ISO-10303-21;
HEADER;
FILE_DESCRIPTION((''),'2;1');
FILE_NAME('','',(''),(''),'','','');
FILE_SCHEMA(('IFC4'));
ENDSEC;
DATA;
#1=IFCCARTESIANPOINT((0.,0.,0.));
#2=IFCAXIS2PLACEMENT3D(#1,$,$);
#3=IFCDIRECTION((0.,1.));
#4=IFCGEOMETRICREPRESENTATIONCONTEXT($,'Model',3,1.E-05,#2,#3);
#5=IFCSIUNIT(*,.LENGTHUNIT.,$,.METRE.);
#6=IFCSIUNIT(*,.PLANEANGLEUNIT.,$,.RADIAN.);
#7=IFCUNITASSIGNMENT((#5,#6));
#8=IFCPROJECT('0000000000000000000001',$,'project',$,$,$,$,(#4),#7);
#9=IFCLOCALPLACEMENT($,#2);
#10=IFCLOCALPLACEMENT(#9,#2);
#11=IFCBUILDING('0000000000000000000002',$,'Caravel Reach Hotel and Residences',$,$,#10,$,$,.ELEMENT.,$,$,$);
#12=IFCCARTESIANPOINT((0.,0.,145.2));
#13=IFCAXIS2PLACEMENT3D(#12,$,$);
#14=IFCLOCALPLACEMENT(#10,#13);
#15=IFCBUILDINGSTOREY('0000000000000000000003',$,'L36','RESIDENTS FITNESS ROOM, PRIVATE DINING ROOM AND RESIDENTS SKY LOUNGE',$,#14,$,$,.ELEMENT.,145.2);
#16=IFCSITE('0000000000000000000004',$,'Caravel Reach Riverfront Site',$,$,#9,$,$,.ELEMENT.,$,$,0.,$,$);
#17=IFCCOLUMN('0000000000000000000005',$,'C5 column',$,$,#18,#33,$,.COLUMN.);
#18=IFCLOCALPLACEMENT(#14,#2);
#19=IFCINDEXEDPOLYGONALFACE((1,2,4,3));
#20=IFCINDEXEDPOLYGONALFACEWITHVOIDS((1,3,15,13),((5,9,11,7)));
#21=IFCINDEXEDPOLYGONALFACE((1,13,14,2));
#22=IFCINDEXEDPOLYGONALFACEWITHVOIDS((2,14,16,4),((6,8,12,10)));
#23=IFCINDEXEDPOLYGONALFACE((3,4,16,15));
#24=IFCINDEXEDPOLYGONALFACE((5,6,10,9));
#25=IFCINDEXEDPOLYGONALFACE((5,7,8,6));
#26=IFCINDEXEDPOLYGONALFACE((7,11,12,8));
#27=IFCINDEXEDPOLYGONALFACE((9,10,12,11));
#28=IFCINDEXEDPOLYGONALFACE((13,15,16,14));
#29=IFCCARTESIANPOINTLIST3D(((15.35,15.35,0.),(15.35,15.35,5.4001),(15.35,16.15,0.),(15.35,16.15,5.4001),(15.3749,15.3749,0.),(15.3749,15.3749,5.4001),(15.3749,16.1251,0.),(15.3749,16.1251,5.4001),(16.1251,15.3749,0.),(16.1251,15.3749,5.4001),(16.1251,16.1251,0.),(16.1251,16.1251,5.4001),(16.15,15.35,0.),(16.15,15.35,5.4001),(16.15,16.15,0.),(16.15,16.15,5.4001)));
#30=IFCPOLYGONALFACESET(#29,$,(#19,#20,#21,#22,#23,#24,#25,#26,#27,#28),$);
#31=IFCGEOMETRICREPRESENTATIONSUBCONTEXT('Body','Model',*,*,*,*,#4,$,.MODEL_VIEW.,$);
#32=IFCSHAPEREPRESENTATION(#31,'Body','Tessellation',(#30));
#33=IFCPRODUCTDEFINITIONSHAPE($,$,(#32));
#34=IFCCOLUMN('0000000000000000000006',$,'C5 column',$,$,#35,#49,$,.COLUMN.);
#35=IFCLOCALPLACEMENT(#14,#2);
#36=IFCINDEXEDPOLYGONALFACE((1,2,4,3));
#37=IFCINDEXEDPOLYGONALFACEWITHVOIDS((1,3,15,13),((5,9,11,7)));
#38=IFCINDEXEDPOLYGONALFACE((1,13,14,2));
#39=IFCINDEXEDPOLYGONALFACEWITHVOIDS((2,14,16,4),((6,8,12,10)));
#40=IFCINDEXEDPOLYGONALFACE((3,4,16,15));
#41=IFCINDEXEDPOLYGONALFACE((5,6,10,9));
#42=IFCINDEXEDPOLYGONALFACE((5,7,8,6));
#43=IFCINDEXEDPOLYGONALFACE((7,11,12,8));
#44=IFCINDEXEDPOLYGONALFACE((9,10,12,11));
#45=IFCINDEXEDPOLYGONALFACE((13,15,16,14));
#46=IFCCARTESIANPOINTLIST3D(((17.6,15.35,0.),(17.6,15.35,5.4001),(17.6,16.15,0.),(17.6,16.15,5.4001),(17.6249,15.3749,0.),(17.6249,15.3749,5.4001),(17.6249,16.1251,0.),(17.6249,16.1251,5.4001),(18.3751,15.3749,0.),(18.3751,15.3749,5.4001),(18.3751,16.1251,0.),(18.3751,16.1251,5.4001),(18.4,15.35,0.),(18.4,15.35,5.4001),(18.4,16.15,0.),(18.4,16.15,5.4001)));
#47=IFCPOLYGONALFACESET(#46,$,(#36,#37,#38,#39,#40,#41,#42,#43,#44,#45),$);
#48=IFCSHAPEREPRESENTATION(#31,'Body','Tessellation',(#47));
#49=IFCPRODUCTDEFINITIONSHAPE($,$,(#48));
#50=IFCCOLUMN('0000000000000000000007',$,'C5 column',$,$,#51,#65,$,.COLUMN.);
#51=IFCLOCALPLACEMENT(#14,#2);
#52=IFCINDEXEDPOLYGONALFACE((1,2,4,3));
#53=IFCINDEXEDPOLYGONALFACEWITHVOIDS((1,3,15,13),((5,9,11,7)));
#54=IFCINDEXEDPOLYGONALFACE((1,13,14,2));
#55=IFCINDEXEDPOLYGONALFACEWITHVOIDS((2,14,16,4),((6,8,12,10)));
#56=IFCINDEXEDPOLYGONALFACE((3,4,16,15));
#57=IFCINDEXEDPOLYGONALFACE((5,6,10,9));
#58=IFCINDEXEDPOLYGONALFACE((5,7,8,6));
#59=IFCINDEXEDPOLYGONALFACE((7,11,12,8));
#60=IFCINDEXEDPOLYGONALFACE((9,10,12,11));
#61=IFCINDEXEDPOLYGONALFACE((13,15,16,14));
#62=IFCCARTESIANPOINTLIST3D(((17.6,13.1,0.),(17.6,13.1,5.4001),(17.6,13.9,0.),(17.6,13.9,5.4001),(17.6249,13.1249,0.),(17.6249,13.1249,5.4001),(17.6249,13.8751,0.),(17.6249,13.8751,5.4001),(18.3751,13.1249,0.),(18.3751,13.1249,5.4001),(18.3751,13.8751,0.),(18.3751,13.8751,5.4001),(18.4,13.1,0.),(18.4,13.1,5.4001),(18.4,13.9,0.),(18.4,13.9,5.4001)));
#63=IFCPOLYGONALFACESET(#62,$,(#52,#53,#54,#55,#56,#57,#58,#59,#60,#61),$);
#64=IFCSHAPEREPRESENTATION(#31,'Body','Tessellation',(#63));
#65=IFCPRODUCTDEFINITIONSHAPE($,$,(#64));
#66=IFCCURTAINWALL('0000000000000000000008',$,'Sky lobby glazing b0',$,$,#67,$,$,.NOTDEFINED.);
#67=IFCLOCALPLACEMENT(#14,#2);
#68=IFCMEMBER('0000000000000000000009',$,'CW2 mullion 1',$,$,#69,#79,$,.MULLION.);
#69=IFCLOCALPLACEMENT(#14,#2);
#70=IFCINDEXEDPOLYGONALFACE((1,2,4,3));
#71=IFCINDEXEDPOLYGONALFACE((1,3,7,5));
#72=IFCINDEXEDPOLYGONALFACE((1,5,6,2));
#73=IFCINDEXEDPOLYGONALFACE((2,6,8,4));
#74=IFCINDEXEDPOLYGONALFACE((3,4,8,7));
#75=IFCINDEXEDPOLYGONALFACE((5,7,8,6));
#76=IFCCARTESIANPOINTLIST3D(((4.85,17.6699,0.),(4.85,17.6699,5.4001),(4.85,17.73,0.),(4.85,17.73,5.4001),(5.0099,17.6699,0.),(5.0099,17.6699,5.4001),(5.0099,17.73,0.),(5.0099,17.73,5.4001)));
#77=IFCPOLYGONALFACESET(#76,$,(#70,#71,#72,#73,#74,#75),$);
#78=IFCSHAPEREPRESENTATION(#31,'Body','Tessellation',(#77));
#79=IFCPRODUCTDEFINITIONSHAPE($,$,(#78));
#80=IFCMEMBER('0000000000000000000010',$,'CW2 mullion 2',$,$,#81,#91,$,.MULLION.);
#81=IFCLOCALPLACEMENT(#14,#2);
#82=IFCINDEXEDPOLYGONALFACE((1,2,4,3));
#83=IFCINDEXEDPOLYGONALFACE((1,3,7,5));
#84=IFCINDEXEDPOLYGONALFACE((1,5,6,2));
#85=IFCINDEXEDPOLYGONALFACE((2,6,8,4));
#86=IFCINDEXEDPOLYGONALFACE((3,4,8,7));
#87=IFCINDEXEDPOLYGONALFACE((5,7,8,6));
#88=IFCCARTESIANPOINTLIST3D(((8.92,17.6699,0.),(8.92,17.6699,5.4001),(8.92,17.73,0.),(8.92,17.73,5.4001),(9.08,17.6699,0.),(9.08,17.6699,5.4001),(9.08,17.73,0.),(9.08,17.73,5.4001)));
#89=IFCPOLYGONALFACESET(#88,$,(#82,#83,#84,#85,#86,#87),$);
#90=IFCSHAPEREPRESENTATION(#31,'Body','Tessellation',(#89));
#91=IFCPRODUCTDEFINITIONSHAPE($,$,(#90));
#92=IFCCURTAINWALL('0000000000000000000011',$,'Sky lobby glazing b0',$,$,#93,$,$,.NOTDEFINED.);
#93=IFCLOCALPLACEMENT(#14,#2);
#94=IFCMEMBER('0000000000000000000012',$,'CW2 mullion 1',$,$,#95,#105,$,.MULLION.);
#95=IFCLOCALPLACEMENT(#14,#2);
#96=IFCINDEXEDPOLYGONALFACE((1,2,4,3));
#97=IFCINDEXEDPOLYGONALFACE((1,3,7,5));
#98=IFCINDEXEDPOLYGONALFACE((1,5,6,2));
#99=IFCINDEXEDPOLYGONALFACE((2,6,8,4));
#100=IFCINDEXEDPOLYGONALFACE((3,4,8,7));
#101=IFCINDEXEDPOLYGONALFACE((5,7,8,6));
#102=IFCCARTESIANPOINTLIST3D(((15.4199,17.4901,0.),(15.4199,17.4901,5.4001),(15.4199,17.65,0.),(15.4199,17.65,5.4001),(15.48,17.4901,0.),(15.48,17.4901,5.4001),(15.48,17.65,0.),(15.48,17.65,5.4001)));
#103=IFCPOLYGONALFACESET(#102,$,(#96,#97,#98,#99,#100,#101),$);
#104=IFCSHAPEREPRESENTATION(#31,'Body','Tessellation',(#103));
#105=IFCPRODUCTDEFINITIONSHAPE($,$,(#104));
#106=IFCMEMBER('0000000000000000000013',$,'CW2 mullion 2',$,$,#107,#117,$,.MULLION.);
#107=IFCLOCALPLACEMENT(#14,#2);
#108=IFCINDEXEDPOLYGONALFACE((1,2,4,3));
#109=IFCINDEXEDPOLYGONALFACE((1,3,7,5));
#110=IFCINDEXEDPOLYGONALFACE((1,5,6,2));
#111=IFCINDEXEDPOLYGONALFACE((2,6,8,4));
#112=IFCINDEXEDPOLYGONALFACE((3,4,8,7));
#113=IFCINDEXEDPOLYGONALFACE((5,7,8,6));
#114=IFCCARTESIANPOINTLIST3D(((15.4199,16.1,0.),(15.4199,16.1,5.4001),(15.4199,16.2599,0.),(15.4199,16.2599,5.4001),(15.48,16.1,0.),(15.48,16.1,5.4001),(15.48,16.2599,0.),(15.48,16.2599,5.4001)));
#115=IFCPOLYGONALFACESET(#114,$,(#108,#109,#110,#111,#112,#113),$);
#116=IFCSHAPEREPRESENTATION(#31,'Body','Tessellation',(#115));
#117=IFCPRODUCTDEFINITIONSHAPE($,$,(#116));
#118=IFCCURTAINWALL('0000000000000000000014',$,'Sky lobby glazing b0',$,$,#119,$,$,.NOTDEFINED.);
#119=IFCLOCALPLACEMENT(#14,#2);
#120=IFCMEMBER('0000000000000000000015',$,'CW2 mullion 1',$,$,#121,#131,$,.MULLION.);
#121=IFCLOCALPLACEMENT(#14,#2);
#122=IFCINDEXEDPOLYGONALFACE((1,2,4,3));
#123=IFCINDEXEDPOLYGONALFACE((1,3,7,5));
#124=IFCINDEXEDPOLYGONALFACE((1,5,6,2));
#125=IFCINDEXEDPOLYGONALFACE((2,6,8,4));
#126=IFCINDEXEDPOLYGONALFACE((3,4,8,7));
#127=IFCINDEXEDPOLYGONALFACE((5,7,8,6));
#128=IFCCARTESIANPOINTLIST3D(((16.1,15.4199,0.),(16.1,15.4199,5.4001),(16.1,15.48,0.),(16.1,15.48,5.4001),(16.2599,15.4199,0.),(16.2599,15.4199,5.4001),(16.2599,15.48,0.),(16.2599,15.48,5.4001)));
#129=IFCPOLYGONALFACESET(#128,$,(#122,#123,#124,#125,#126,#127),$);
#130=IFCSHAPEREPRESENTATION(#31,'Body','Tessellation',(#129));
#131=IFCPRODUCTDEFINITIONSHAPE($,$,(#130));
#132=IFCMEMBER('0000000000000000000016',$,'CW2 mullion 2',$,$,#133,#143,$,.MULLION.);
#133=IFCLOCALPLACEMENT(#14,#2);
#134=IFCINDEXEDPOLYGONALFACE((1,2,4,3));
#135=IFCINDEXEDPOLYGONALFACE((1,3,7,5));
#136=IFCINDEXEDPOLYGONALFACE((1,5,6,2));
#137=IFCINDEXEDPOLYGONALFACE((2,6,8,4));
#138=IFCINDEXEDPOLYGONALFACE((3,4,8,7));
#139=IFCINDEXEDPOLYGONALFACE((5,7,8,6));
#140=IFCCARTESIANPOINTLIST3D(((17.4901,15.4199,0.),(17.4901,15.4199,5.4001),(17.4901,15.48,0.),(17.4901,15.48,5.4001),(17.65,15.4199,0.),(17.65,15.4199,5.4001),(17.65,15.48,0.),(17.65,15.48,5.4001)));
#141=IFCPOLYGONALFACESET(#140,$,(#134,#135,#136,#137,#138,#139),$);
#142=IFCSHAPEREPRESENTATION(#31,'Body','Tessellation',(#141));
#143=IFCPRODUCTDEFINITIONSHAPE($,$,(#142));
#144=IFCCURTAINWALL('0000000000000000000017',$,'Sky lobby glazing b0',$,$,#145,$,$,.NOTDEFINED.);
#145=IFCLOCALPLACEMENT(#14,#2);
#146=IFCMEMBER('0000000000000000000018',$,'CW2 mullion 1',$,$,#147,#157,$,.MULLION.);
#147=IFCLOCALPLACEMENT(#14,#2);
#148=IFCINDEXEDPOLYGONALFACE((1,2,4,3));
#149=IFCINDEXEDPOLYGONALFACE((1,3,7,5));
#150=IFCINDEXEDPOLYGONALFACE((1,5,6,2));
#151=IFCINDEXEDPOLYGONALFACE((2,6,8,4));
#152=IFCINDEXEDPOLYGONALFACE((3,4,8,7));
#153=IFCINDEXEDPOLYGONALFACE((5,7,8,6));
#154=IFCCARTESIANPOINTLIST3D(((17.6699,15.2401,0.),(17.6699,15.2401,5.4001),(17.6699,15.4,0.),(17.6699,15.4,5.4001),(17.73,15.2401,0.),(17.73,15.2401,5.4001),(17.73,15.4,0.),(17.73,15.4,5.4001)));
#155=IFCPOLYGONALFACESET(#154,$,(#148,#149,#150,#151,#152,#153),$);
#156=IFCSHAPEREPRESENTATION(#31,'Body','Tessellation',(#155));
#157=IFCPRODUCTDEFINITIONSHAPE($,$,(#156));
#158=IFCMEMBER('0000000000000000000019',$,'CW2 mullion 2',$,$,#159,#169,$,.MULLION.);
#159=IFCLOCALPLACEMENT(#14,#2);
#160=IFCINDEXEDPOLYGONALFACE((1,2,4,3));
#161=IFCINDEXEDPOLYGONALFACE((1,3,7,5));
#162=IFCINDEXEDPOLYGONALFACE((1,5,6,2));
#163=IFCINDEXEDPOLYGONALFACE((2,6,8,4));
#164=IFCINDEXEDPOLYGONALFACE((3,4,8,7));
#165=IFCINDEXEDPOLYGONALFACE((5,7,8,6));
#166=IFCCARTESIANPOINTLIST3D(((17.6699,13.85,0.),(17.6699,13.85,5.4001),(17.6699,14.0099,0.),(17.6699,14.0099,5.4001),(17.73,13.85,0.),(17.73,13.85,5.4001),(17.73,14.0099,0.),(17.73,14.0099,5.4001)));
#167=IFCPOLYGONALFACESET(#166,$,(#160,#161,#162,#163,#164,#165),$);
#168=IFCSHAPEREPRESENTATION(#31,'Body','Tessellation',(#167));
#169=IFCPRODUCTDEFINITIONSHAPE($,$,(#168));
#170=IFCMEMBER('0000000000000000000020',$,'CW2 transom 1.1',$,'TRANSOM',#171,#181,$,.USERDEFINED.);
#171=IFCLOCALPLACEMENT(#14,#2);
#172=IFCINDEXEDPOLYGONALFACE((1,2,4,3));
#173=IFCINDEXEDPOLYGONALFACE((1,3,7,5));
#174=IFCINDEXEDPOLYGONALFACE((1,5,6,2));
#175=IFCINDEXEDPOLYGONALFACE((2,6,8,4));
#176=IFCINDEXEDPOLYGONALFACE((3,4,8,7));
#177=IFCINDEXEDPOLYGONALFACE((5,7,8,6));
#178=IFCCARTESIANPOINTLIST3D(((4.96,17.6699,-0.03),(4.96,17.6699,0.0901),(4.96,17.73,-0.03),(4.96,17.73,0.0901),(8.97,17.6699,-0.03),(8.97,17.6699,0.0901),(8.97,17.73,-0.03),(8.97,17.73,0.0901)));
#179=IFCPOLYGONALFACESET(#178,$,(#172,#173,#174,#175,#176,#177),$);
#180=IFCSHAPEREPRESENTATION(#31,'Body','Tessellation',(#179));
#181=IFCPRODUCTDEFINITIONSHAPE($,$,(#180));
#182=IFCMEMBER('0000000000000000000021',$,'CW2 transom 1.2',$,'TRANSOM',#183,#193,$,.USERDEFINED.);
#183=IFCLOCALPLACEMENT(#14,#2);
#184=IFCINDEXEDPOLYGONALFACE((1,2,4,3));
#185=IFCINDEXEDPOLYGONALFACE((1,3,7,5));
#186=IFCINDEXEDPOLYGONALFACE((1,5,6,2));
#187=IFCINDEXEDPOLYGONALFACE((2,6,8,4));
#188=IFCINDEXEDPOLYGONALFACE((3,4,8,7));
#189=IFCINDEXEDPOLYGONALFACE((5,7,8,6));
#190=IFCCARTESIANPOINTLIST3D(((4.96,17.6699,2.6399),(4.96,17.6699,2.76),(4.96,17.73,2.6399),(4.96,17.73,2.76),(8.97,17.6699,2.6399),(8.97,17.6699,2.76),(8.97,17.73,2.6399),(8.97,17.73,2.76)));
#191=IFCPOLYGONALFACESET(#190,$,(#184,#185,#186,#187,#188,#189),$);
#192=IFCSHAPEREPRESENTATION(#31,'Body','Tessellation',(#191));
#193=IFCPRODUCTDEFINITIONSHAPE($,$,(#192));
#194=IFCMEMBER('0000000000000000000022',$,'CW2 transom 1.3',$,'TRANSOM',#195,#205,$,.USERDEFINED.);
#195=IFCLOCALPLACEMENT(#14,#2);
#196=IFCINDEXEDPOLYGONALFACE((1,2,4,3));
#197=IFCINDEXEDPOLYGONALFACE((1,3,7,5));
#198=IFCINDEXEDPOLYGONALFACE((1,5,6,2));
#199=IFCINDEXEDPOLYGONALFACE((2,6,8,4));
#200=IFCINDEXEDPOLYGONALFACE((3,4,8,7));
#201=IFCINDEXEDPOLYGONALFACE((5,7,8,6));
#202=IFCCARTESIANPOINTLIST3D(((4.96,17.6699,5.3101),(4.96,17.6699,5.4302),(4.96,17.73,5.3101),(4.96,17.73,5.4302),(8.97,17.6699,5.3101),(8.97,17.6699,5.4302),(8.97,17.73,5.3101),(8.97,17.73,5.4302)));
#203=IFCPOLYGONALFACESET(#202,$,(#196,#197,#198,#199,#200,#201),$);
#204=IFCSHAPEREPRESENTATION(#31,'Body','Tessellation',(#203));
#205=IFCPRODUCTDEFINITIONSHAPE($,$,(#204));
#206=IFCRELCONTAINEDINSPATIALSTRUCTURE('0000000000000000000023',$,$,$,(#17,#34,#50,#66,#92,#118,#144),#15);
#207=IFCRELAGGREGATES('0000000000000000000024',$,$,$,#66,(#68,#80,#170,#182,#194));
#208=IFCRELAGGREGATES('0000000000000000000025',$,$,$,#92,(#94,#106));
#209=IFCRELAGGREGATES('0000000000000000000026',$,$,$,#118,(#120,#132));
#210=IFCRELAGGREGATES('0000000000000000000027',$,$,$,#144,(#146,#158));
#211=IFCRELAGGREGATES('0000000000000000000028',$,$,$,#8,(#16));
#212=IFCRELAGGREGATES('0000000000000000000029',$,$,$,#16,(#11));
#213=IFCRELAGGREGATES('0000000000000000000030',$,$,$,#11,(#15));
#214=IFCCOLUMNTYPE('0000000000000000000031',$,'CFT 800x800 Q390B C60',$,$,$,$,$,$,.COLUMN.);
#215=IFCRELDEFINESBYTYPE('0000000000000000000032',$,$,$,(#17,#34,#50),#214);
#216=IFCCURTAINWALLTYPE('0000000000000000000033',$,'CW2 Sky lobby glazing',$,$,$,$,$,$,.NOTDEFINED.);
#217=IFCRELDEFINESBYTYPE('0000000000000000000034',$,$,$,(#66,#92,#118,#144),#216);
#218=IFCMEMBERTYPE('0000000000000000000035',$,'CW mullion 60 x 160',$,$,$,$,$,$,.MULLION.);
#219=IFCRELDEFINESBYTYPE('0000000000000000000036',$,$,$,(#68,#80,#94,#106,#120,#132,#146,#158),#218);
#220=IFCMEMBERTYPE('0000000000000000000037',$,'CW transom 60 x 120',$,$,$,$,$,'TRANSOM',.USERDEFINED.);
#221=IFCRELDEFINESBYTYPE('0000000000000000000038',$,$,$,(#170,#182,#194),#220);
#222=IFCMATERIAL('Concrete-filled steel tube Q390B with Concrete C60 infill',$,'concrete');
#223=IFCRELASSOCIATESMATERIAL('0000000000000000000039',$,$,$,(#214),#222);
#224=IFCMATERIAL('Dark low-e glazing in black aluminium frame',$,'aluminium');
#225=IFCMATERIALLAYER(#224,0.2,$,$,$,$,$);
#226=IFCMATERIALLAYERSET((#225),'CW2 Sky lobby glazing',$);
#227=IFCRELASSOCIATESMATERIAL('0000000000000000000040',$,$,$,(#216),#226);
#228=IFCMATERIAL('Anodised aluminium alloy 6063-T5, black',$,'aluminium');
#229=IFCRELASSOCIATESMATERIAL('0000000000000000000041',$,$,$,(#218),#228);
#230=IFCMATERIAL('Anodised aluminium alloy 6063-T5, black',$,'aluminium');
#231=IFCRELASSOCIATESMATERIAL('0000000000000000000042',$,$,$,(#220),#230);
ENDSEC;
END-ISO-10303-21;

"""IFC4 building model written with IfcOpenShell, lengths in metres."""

from ifc_helpers import new_model, si_unit, direction, frame, origin, origin_2d, place, context, subcontext, project, spatial, rectangle, hollow_rectangle, extrude, material, layer, layer_set, material_profile, profile_set, type_object, element, aggregate, save


model = new_model("IFC4")

# Units and contexts
model_context = context("Model", 3, precision=1e-05, world=origin(), true_north=direction((0.0, 1.0)))
body_context = subcontext(model_context, "Body", "Model", "MODEL_VIEW")
ifc_project = project(units=[si_unit("LENGTHUNIT", "METRE"), si_unit("PLANEANGLEUNIT", "RADIAN")], contexts=[model_context])

# Site, building, storey
site_placement = place(None, origin())
site = spatial("IfcSite", under=ifc_project, at=site_placement, Name="Caravel Reach Riverfront Site", CompositionType="ELEMENT", RefElevation=0.0)
building_placement = place(site_placement, origin())
building = spatial("IfcBuilding", under=site, at=building_placement, Name="Caravel Reach Hotel and Residences", CompositionType="ELEMENT")
storey_placement = place(building_placement, frame((0.0, 0.0, 145.2)))
storey = spatial("IfcBuildingStorey", under=building, at=storey_placement, Name="L36", Description="RESIDENTS FITNESS ROOM, PRIVATE DINING ROOM AND RESIDENTS SKY LOUNGE", CompositionType="ELEMENT", Elevation=145.2)

# Columns
ifc_material_1 = material(Name="Concrete-filled steel tube Q390B with Concrete C60 infill", Category="concrete")
ifc_material_profile_1 = material_profile(ifc_material_1, hollow_rectangle(XDim=0.8, YDim=0.8, WallThickness=0.0249, at=origin_2d()), Name="RHS 800x800x25")
ifc_profile_set_1 = profile_set([ifc_material_profile_1], Name="Concrete-filled steel tube Q390B with Concrete C60 infill")
column_type = type_object("IfcColumnType", Name="CFT 800x800 Q390B C60", PredefinedType="COLUMN", material=ifc_profile_set_1)
for number, where, z_axis, x_axis, name in (
    (1, (15.75, 15.75, 0.0), (0.0, 0.0, 1.0), (1.0, 0.0, 0.0), "C5 column"),
    (2, (18.0, 15.75, 0.0), (0.0, 0.0, 1.0), (1.0, 0.0, 0.0), "C5 column"),
    (3, (18.0, 13.5, 0.0), (0.0, 0.0, 1.0), (1.0, 0.0, 0.0), "C5 column"),
):
    element("IfcColumn", number, at=place(storey_placement, frame(where, z_axis=z_axis, x_axis=x_axis)), inside=storey, type_object=column_type, Name=name, PredefinedType="COLUMN", context=body_context, shape_type="SweptSolid", body=[
        extrude(hollow_rectangle(XDim=0.8, YDim=0.8, WallThickness=0.0249, at=origin_2d()), origin(), (0.0, 0.0, 1.0), 5.4001),
    ])

# Curtain walls, members
ifc_material_2 = material(Name="Dark low-e glazing in black aluminium frame", Category="aluminium")
ifc_layer_1 = layer(ifc_material_2, 0.2)
ifc_layer_set_1 = layer_set([ifc_layer_1], Name="CW2 Sky lobby glazing")
curtain_wall_type = type_object("IfcCurtainWallType", Name="CW2 Sky lobby glazing", PredefinedType="NOTDEFINED", material=ifc_layer_set_1)
curtain_wall_1_placement = place(storey_placement, origin())
curtain_wall_1 = element("IfcCurtainWall", 4, at=curtain_wall_1_placement, inside=storey, type_object=curtain_wall_type, Name="Sky lobby glazing b0", PredefinedType="NOTDEFINED")
ifc_material_3 = material(Name="Anodised aluminium alloy 6063-T5, black", Category="aluminium")
ifc_material_profile_2 = material_profile(ifc_material_3, rectangle(XDim=0.0601, YDim=0.1599, at=origin_2d()), Name="CW mullion 60 x 160")
ifc_profile_set_2 = profile_set([ifc_material_profile_2], Name="Anodised aluminium alloy 6063-T5, black")
member_type_1 = type_object("IfcMemberType", Name="CW mullion 60 x 160", PredefinedType="MULLION", material=ifc_profile_set_2)
member_1_placement = place(storey_placement, frame((4.9299, 17.7, 0.0), z_axis=(0.0, 0.0, 1.0), x_axis=(0.0, 1.0, 0.0)))
member_1 = element("IfcMember", 5, at=member_1_placement, type_object=member_type_1, Name="CW2 mullion 1", PredefinedType="MULLION", context=body_context, shape_type="SweptSolid", body=[
    extrude(rectangle(XDim=0.0601, YDim=0.1599, at=origin_2d()), origin(), (0.0, 0.0, 1.0), 5.4001),
])
member_2_placement = place(storey_placement, frame((9.0, 17.7, 0.0), z_axis=(0.0, 0.0, 1.0), x_axis=(0.0, 1.0, 0.0)))
member_2 = element("IfcMember", 6, at=member_2_placement, type_object=member_type_1, Name="CW2 mullion 2", PredefinedType="MULLION", context=body_context, shape_type="SweptSolid", body=[
    extrude(rectangle(XDim=0.0601, YDim=0.1599, at=origin_2d()), origin(), (0.0, 0.0, 1.0), 5.4001),
])
curtain_wall_2_placement = place(storey_placement, origin())
curtain_wall_2 = element("IfcCurtainWall", 7, at=curtain_wall_2_placement, inside=storey, type_object=curtain_wall_type, Name="Sky lobby glazing b0", PredefinedType="NOTDEFINED")
member_3_placement = place(storey_placement, frame((15.45, 17.5701, 0.0), z_axis=(0.0, 0.0, 1.0), x_axis=(1.0, 0.0, 0.0)))
member_3 = element("IfcMember", 8, at=member_3_placement, type_object=member_type_1, Name="CW2 mullion 1", PredefinedType="MULLION", context=body_context, shape_type="SweptSolid", body=[
    extrude(rectangle(XDim=0.0601, YDim=0.1599, at=origin_2d()), origin(), (0.0, 0.0, 1.0), 5.4001),
])
member_4_placement = place(storey_placement, frame((15.45, 16.1799, 0.0), z_axis=(0.0, 0.0, 1.0), x_axis=(1.0, 0.0, 0.0)))
member_4 = element("IfcMember", 9, at=member_4_placement, type_object=member_type_1, Name="CW2 mullion 2", PredefinedType="MULLION", context=body_context, shape_type="SweptSolid", body=[
    extrude(rectangle(XDim=0.0601, YDim=0.1599, at=origin_2d()), origin(), (0.0, 0.0, 1.0), 5.4001),
])
curtain_wall_3_placement = place(storey_placement, origin())
curtain_wall_3 = element("IfcCurtainWall", 10, at=curtain_wall_3_placement, inside=storey, type_object=curtain_wall_type, Name="Sky lobby glazing b0", PredefinedType="NOTDEFINED")
member_5_placement = place(storey_placement, frame((16.1799, 15.45, 0.0), z_axis=(0.0, 0.0, 1.0), x_axis=(0.0, 1.0, 0.0)))
member_5 = element("IfcMember", 11, at=member_5_placement, type_object=member_type_1, Name="CW2 mullion 1", PredefinedType="MULLION", context=body_context, shape_type="SweptSolid", body=[
    extrude(rectangle(XDim=0.0601, YDim=0.1599, at=origin_2d()), origin(), (0.0, 0.0, 1.0), 5.4001),
])
member_6_placement = place(storey_placement, frame((17.5701, 15.45, 0.0), z_axis=(0.0, 0.0, 1.0), x_axis=(0.0, 1.0, 0.0)))
member_6 = element("IfcMember", 12, at=member_6_placement, type_object=member_type_1, Name="CW2 mullion 2", PredefinedType="MULLION", context=body_context, shape_type="SweptSolid", body=[
    extrude(rectangle(XDim=0.0601, YDim=0.1599, at=origin_2d()), origin(), (0.0, 0.0, 1.0), 5.4001),
])
curtain_wall_4_placement = place(storey_placement, origin())
curtain_wall_4 = element("IfcCurtainWall", 13, at=curtain_wall_4_placement, inside=storey, type_object=curtain_wall_type, Name="Sky lobby glazing b0", PredefinedType="NOTDEFINED")
member_7_placement = place(storey_placement, frame((17.7, 15.3201, 0.0), z_axis=(0.0, 0.0, 1.0), x_axis=(1.0, 0.0, 0.0)))
member_7 = element("IfcMember", 14, at=member_7_placement, type_object=member_type_1, Name="CW2 mullion 1", PredefinedType="MULLION", context=body_context, shape_type="SweptSolid", body=[
    extrude(rectangle(XDim=0.0601, YDim=0.1599, at=origin_2d()), origin(), (0.0, 0.0, 1.0), 5.4001),
])
member_8_placement = place(storey_placement, frame((17.7, 13.9299, 0.0), z_axis=(0.0, 0.0, 1.0), x_axis=(1.0, 0.0, 0.0)))
member_8 = element("IfcMember", 15, at=member_8_placement, type_object=member_type_1, Name="CW2 mullion 2", PredefinedType="MULLION", context=body_context, shape_type="SweptSolid", body=[
    extrude(rectangle(XDim=0.0601, YDim=0.1599, at=origin_2d()), origin(), (0.0, 0.0, 1.0), 5.4001),
])

# Members
ifc_material_4 = material(Name="Anodised aluminium alloy 6063-T5, black", Category="aluminium")
ifc_material_profile_3 = material_profile(ifc_material_4, rectangle(XDim=0.0601, YDim=0.1201, at=origin_2d()), Name="CW transom 60 x 120")
ifc_profile_set_3 = profile_set([ifc_material_profile_3], Name="Anodised aluminium alloy 6063-T5, black")
member_type_2 = type_object("IfcMemberType", Name="CW transom 60 x 120", ElementType="TRANSOM", PredefinedType="USERDEFINED", material=ifc_profile_set_3)
member_9_placement = place(storey_placement, frame((4.96, 17.7, 0.03), z_axis=(1.0, 0.0, 0.0), x_axis=(0.0, 1.0, 0.0)))
member_9 = element("IfcMember", 16, at=member_9_placement, type_object=member_type_2, Name="CW2 transom 1.1", ObjectType="TRANSOM", PredefinedType="USERDEFINED", context=body_context, shape_type="SweptSolid", body=[
    extrude(rectangle(XDim=0.0601, YDim=0.1201, at=origin_2d()), origin(), (0.0, 0.0, 1.0), 4.01),
])
member_10_placement = place(storey_placement, frame((4.96, 17.7, 2.7), z_axis=(1.0, 0.0, 0.0), x_axis=(0.0, 1.0, 0.0)))
member_10 = element("IfcMember", 17, at=member_10_placement, type_object=member_type_2, Name="CW2 transom 1.2", ObjectType="TRANSOM", PredefinedType="USERDEFINED", context=body_context, shape_type="SweptSolid", body=[
    extrude(rectangle(XDim=0.0601, YDim=0.1201, at=origin_2d()), origin(), (0.0, 0.0, 1.0), 4.01),
])
member_11_placement = place(storey_placement, frame((4.96, 17.7, 5.3701), z_axis=(1.0, 0.0, 0.0), x_axis=(0.0, 1.0, 0.0)))
member_11 = element("IfcMember", 18, at=member_11_placement, type_object=member_type_2, Name="CW2 transom 1.3", ObjectType="TRANSOM", PredefinedType="USERDEFINED", context=body_context, shape_type="SweptSolid", body=[
    extrude(rectangle(XDim=0.0601, YDim=0.1201, at=origin_2d()), origin(), (0.0, 0.0, 1.0), 4.01),
])

aggregate(curtain_wall_1, [member_1, member_2, member_9, member_10, member_11])
aggregate(curtain_wall_2, [member_3, member_4])
aggregate(curtain_wall_3, [member_5, member_6])
aggregate(curtain_wall_4, [member_7, member_8])

save(model, "model.ifc")
